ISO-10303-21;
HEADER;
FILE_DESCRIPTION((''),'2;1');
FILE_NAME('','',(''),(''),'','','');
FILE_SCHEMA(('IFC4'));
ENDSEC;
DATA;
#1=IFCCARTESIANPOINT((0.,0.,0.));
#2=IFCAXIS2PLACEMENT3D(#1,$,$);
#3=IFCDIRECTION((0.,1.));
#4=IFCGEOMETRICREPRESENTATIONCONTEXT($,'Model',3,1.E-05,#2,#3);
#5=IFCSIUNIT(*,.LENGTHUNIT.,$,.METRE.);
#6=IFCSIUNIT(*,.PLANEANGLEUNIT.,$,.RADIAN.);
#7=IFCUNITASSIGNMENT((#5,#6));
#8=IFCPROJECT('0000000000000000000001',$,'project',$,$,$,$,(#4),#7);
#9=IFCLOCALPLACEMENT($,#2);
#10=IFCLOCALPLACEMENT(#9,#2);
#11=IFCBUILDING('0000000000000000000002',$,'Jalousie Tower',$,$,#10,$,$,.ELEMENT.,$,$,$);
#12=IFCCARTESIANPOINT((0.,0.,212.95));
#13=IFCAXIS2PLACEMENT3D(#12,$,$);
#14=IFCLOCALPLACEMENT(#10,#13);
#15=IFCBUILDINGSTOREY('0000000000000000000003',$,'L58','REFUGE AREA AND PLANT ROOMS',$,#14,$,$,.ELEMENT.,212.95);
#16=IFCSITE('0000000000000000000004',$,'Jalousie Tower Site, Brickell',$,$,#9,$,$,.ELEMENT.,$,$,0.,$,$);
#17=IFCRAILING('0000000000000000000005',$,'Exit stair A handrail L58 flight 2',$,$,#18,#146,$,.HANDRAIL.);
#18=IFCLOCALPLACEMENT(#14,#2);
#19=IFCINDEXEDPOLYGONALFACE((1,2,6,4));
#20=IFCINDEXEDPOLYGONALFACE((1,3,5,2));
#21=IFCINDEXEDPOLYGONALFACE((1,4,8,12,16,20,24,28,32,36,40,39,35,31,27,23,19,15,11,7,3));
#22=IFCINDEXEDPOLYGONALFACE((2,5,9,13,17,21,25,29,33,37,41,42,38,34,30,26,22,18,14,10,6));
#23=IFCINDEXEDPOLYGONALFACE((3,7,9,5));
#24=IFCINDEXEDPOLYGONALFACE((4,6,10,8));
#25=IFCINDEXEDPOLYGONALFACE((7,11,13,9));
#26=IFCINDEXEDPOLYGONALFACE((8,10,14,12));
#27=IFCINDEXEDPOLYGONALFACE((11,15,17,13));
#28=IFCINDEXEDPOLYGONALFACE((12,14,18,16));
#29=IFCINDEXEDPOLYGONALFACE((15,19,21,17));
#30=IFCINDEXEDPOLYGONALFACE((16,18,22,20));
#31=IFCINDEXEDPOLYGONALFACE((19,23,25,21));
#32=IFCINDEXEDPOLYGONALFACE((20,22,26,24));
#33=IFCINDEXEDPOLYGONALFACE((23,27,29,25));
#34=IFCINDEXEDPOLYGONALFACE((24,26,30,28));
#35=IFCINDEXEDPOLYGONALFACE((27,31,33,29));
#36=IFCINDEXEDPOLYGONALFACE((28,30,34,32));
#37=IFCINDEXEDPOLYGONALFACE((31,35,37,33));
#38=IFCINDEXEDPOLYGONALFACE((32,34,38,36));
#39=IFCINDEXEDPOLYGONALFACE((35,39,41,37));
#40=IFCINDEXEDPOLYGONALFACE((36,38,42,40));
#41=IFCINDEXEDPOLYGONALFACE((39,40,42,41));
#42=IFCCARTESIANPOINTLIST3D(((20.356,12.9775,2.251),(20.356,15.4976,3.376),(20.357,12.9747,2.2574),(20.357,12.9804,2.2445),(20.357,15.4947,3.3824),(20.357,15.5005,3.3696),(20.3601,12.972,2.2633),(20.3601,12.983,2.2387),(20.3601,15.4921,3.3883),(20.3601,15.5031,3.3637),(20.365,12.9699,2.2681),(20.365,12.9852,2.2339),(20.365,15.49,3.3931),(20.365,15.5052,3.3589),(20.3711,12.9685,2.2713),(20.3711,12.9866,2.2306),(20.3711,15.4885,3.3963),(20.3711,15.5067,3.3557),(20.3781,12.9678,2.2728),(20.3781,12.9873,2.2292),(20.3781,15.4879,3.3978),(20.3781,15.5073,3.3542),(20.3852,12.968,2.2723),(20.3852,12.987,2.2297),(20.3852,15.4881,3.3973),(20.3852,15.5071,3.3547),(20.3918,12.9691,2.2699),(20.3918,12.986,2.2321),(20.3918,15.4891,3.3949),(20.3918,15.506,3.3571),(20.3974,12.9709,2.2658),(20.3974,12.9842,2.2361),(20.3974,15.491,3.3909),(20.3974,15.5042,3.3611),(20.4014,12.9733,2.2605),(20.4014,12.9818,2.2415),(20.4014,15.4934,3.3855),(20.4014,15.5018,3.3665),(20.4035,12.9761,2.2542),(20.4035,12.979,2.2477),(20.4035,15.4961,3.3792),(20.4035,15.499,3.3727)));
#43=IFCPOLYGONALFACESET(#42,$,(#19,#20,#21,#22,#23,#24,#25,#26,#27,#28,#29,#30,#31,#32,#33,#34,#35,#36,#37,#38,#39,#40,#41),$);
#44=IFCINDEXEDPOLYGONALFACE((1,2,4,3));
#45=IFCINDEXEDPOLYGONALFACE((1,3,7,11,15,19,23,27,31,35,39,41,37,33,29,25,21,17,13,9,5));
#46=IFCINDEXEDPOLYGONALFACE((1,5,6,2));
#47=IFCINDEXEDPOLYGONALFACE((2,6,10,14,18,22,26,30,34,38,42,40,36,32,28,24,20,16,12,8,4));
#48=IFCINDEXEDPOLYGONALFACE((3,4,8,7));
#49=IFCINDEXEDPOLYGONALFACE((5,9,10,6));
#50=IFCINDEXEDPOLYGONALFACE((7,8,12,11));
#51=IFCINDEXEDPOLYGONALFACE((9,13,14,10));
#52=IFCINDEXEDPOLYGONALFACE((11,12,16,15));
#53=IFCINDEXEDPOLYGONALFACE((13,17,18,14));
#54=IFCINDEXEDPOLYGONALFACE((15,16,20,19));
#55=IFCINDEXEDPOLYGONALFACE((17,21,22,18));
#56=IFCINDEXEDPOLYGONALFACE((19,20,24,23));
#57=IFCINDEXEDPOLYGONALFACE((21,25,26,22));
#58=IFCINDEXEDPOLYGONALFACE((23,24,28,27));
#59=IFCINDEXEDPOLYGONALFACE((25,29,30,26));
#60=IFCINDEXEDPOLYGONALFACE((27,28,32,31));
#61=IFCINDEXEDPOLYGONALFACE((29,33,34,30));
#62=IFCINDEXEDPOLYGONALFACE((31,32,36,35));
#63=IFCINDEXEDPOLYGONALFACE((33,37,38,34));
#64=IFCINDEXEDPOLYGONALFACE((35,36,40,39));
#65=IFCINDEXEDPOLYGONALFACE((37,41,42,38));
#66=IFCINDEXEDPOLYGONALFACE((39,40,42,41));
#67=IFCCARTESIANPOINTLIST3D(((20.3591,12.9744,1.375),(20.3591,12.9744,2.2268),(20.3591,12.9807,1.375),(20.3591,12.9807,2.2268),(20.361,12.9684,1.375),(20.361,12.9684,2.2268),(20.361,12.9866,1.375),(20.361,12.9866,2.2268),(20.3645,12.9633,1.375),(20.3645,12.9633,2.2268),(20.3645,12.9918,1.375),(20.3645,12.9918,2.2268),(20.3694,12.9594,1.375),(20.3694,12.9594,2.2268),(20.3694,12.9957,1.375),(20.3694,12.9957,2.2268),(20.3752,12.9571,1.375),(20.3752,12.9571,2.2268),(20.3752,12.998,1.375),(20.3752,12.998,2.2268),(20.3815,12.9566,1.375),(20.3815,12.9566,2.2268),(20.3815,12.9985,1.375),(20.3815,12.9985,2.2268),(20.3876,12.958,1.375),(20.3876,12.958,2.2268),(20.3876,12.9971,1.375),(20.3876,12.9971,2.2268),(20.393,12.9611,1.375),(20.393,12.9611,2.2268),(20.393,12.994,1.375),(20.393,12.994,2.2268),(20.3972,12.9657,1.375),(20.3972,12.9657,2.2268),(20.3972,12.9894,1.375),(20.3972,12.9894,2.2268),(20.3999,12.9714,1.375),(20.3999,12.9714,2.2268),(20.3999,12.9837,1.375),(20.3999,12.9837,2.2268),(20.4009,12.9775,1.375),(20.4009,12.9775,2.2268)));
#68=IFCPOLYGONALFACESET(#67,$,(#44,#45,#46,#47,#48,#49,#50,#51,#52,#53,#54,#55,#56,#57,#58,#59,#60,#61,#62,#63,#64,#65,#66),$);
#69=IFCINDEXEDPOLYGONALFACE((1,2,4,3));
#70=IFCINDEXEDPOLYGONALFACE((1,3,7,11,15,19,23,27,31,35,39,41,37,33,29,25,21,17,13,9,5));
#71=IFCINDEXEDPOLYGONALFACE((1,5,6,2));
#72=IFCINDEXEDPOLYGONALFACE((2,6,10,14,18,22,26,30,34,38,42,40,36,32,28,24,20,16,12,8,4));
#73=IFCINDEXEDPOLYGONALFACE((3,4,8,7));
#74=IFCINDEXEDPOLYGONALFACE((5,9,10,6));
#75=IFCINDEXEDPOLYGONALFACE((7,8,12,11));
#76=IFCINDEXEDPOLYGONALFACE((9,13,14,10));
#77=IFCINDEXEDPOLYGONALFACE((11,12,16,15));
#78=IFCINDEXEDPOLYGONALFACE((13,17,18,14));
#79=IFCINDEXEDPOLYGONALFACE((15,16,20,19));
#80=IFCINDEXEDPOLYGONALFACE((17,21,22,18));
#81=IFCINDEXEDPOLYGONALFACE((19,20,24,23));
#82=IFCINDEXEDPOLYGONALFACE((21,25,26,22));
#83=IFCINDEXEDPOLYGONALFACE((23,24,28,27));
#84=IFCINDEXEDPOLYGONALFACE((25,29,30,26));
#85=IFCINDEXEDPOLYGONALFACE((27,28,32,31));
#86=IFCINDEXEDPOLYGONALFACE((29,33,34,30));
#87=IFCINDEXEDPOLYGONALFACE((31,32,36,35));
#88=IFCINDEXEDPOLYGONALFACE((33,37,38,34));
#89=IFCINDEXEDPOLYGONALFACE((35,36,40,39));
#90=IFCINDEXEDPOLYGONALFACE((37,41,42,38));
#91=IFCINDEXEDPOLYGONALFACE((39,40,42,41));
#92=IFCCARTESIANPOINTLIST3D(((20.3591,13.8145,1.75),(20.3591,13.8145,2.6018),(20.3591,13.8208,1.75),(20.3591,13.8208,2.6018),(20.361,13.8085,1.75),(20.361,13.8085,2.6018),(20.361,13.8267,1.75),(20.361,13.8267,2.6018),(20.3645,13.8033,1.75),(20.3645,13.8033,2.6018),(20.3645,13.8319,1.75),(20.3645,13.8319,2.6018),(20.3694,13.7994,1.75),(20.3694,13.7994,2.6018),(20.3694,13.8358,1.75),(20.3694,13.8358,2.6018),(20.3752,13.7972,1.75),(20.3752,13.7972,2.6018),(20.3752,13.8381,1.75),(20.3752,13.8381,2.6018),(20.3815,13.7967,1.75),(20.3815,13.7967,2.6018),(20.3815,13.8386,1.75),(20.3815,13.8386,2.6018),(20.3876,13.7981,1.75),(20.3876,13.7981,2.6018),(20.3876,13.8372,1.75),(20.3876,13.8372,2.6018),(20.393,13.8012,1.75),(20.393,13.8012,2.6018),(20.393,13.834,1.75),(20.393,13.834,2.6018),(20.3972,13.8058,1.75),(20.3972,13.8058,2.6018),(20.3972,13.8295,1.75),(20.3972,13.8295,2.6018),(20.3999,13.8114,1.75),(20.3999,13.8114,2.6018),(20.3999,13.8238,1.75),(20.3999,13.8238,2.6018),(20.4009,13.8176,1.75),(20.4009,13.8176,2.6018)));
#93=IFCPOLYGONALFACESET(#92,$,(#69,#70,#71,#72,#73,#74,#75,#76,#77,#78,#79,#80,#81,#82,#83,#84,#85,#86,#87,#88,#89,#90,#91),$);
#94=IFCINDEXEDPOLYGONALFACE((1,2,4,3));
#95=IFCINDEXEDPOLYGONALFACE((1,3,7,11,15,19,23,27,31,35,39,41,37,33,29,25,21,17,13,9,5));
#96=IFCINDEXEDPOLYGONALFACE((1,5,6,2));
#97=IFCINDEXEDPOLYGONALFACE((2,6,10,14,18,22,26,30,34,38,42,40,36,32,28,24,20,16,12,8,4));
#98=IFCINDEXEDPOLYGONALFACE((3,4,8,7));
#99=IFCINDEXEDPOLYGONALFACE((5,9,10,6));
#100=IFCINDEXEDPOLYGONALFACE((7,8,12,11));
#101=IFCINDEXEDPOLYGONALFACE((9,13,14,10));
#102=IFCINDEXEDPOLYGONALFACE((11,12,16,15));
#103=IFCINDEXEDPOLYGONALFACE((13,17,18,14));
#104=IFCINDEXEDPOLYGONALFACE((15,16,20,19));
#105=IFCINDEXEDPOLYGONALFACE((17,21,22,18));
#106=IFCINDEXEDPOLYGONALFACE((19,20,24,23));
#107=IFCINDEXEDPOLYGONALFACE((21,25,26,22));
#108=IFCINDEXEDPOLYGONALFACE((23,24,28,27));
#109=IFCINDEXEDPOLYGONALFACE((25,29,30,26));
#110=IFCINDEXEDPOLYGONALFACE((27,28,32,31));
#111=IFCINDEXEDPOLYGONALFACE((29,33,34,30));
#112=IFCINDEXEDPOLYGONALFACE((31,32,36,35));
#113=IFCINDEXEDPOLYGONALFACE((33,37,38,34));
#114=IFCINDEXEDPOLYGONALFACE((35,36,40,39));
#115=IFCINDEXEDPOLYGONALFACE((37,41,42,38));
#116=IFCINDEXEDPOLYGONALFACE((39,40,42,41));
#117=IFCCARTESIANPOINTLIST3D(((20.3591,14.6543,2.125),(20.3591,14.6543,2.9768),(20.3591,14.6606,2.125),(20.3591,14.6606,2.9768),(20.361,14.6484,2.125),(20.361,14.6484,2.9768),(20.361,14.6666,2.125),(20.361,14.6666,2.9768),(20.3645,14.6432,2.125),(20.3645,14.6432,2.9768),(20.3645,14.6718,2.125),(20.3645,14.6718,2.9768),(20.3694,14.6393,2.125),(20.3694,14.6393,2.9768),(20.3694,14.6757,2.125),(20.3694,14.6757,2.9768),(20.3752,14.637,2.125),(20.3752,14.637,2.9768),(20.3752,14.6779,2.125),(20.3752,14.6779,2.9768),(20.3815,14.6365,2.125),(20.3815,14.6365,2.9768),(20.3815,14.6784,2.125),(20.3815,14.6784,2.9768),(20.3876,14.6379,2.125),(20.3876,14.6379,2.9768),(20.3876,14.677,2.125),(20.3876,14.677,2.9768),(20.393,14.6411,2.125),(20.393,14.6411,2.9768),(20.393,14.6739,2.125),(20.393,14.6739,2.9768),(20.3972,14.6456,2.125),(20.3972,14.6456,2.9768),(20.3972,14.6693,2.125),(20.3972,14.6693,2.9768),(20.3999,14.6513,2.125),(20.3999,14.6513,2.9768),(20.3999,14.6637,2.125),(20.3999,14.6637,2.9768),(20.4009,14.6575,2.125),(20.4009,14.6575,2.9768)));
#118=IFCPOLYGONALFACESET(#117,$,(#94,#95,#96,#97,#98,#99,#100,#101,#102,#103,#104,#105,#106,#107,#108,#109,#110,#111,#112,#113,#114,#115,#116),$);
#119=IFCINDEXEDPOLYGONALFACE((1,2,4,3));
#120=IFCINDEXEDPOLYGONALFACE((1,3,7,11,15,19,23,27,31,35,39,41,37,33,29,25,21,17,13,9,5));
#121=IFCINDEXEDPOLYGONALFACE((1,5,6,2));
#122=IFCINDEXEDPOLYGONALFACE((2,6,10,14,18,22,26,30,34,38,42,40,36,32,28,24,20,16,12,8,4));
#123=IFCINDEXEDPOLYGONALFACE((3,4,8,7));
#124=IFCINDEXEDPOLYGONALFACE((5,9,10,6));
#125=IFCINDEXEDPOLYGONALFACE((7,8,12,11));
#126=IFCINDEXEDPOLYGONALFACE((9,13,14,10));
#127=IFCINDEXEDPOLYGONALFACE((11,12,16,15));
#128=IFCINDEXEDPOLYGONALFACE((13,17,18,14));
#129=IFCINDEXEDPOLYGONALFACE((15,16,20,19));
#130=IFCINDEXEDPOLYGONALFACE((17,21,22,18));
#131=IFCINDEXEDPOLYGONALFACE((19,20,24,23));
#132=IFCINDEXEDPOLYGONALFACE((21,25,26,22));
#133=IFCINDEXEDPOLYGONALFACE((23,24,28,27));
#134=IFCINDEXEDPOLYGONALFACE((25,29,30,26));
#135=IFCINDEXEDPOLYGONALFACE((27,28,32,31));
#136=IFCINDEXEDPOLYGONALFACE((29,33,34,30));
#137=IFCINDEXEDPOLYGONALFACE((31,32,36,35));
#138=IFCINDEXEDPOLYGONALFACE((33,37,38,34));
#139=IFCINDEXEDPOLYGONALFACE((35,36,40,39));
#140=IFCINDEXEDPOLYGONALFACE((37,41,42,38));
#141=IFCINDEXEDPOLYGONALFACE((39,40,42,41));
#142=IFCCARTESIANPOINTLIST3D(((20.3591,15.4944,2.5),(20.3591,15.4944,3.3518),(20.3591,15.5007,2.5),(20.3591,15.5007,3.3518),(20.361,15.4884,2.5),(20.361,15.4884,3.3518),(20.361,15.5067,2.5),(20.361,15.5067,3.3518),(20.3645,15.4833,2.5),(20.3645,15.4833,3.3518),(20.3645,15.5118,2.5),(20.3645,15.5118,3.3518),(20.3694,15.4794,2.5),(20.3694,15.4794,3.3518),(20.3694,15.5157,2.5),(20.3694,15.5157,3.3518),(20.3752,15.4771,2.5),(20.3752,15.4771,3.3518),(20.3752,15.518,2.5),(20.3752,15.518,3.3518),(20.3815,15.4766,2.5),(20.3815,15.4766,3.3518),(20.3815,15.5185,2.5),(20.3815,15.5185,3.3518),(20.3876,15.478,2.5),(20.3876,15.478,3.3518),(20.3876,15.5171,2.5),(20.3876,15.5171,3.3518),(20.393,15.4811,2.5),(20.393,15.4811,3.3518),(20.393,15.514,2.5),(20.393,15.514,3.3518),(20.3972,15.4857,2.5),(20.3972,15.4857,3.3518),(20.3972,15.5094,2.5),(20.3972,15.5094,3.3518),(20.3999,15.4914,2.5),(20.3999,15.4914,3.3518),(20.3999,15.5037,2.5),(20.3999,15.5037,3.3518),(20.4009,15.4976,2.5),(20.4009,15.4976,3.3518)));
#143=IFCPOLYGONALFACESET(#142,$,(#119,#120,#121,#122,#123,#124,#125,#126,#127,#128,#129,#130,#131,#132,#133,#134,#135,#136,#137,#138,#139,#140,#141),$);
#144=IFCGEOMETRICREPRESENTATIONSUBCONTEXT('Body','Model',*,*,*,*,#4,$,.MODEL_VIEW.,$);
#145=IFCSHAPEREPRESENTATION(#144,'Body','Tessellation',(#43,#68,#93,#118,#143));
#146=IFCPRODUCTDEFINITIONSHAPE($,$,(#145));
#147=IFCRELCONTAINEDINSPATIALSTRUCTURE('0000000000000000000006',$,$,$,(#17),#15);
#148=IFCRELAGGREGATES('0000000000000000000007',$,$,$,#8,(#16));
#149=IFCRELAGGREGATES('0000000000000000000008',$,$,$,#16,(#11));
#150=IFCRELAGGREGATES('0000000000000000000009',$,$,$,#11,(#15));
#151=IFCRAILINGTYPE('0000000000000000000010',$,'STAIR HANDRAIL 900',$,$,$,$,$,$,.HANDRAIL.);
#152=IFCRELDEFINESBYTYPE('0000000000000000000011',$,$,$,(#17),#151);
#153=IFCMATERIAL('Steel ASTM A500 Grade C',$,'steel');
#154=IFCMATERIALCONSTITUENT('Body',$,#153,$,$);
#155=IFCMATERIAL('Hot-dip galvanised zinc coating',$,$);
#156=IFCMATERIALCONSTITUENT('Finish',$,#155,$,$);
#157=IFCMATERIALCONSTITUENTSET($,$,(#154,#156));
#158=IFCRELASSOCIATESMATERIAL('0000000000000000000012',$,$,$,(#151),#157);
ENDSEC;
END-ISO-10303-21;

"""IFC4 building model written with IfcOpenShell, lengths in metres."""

from ifc_helpers import new_model, si_unit, direction, frame, origin, origin_2d, place, context, subcontext, project, spatial, circle, extrude, material, constituent, constituent_set, type_object, element, save


model = new_model("IFC4")

# Units and contexts
model_context = context("Model", 3, precision=1e-05, world=origin(), true_north=direction((0.0, 1.0)))
body_context = subcontext(model_context, "Body", "Model", "MODEL_VIEW")
ifc_project = project(units=[si_unit("LENGTHUNIT", "METRE"), si_unit("PLANEANGLEUNIT", "RADIAN")], contexts=[model_context])

# Site, building, storey
site_placement = place(None, origin())
site = spatial("IfcSite", under=ifc_project, at=site_placement, Name="Jalousie Tower Site, Brickell", CompositionType="ELEMENT", RefElevation=0.0)
building_placement = place(site_placement, origin())
building = spatial("IfcBuilding", under=site, at=building_placement, Name="Jalousie Tower", CompositionType="ELEMENT")
storey_placement = place(building_placement, frame((0.0, 0.0, 212.95)))
storey = spatial("IfcBuildingStorey", under=building, at=storey_placement, Name="L58", Description="REFUGE AREA AND PLANT ROOMS", CompositionType="ELEMENT", Elevation=212.95)

# Railing
ifc_material_1 = material(Name="Steel ASTM A500 Grade C", Category="steel")
ifc_constituent_1 = constituent(ifc_material_1, Name="Body")
ifc_material_2 = material(Name="Hot-dip galvanised zinc coating")
ifc_constituent_2 = constituent(ifc_material_2, Name="Finish")
ifc_constituent_set_1 = constituent_set(constituents=[ifc_constituent_1, ifc_constituent_2])
railing_type_1 = type_object("IfcRailingType", Name="STAIR HANDRAIL 900", PredefinedType="HANDRAIL", material=ifc_constituent_set_1)
for number, where, name in (
    (1, (20.3799, 12.9775, 1.375), "Exit stair A handrail L58 flight 2"),
):
    element("IfcRailing", number, at=place(storey_placement, frame(where)), inside=storey, type_object=railing_type_1, Name=name, PredefinedType="HANDRAIL", context=body_context, shape_type="SweptSolid", body=[
        extrude(circle(Radius=0.0239, at=origin_2d()), frame((0.0, 0.0, 0.876), z_axis=(0.0, 0.913139, 0.407648), x_axis=(-1.0, 0.0, 0.0)), (0.0, 0.0, 1.0), 2.7598),
        extrude(circle(Radius=0.021, at=origin_2d()), origin(), (0.0, 0.0, 1.0), 0.8518),
        extrude(circle(Radius=0.021, at=origin_2d()), frame((0.0, 0.8401, 0.375)), (0.0, 0.0, 1.0), 0.8518),
        extrude(circle(Radius=0.021, at=origin_2d()), frame((0.0, 1.6799, 0.75)), (0.0, 0.0, 1.0), 0.8518),
        extrude(circle(Radius=0.021, at=origin_2d()), frame((0.0, 2.52, 1.125)), (0.0, 0.0, 1.0), 0.8518),
    ])

save(model, "model.ifc")
